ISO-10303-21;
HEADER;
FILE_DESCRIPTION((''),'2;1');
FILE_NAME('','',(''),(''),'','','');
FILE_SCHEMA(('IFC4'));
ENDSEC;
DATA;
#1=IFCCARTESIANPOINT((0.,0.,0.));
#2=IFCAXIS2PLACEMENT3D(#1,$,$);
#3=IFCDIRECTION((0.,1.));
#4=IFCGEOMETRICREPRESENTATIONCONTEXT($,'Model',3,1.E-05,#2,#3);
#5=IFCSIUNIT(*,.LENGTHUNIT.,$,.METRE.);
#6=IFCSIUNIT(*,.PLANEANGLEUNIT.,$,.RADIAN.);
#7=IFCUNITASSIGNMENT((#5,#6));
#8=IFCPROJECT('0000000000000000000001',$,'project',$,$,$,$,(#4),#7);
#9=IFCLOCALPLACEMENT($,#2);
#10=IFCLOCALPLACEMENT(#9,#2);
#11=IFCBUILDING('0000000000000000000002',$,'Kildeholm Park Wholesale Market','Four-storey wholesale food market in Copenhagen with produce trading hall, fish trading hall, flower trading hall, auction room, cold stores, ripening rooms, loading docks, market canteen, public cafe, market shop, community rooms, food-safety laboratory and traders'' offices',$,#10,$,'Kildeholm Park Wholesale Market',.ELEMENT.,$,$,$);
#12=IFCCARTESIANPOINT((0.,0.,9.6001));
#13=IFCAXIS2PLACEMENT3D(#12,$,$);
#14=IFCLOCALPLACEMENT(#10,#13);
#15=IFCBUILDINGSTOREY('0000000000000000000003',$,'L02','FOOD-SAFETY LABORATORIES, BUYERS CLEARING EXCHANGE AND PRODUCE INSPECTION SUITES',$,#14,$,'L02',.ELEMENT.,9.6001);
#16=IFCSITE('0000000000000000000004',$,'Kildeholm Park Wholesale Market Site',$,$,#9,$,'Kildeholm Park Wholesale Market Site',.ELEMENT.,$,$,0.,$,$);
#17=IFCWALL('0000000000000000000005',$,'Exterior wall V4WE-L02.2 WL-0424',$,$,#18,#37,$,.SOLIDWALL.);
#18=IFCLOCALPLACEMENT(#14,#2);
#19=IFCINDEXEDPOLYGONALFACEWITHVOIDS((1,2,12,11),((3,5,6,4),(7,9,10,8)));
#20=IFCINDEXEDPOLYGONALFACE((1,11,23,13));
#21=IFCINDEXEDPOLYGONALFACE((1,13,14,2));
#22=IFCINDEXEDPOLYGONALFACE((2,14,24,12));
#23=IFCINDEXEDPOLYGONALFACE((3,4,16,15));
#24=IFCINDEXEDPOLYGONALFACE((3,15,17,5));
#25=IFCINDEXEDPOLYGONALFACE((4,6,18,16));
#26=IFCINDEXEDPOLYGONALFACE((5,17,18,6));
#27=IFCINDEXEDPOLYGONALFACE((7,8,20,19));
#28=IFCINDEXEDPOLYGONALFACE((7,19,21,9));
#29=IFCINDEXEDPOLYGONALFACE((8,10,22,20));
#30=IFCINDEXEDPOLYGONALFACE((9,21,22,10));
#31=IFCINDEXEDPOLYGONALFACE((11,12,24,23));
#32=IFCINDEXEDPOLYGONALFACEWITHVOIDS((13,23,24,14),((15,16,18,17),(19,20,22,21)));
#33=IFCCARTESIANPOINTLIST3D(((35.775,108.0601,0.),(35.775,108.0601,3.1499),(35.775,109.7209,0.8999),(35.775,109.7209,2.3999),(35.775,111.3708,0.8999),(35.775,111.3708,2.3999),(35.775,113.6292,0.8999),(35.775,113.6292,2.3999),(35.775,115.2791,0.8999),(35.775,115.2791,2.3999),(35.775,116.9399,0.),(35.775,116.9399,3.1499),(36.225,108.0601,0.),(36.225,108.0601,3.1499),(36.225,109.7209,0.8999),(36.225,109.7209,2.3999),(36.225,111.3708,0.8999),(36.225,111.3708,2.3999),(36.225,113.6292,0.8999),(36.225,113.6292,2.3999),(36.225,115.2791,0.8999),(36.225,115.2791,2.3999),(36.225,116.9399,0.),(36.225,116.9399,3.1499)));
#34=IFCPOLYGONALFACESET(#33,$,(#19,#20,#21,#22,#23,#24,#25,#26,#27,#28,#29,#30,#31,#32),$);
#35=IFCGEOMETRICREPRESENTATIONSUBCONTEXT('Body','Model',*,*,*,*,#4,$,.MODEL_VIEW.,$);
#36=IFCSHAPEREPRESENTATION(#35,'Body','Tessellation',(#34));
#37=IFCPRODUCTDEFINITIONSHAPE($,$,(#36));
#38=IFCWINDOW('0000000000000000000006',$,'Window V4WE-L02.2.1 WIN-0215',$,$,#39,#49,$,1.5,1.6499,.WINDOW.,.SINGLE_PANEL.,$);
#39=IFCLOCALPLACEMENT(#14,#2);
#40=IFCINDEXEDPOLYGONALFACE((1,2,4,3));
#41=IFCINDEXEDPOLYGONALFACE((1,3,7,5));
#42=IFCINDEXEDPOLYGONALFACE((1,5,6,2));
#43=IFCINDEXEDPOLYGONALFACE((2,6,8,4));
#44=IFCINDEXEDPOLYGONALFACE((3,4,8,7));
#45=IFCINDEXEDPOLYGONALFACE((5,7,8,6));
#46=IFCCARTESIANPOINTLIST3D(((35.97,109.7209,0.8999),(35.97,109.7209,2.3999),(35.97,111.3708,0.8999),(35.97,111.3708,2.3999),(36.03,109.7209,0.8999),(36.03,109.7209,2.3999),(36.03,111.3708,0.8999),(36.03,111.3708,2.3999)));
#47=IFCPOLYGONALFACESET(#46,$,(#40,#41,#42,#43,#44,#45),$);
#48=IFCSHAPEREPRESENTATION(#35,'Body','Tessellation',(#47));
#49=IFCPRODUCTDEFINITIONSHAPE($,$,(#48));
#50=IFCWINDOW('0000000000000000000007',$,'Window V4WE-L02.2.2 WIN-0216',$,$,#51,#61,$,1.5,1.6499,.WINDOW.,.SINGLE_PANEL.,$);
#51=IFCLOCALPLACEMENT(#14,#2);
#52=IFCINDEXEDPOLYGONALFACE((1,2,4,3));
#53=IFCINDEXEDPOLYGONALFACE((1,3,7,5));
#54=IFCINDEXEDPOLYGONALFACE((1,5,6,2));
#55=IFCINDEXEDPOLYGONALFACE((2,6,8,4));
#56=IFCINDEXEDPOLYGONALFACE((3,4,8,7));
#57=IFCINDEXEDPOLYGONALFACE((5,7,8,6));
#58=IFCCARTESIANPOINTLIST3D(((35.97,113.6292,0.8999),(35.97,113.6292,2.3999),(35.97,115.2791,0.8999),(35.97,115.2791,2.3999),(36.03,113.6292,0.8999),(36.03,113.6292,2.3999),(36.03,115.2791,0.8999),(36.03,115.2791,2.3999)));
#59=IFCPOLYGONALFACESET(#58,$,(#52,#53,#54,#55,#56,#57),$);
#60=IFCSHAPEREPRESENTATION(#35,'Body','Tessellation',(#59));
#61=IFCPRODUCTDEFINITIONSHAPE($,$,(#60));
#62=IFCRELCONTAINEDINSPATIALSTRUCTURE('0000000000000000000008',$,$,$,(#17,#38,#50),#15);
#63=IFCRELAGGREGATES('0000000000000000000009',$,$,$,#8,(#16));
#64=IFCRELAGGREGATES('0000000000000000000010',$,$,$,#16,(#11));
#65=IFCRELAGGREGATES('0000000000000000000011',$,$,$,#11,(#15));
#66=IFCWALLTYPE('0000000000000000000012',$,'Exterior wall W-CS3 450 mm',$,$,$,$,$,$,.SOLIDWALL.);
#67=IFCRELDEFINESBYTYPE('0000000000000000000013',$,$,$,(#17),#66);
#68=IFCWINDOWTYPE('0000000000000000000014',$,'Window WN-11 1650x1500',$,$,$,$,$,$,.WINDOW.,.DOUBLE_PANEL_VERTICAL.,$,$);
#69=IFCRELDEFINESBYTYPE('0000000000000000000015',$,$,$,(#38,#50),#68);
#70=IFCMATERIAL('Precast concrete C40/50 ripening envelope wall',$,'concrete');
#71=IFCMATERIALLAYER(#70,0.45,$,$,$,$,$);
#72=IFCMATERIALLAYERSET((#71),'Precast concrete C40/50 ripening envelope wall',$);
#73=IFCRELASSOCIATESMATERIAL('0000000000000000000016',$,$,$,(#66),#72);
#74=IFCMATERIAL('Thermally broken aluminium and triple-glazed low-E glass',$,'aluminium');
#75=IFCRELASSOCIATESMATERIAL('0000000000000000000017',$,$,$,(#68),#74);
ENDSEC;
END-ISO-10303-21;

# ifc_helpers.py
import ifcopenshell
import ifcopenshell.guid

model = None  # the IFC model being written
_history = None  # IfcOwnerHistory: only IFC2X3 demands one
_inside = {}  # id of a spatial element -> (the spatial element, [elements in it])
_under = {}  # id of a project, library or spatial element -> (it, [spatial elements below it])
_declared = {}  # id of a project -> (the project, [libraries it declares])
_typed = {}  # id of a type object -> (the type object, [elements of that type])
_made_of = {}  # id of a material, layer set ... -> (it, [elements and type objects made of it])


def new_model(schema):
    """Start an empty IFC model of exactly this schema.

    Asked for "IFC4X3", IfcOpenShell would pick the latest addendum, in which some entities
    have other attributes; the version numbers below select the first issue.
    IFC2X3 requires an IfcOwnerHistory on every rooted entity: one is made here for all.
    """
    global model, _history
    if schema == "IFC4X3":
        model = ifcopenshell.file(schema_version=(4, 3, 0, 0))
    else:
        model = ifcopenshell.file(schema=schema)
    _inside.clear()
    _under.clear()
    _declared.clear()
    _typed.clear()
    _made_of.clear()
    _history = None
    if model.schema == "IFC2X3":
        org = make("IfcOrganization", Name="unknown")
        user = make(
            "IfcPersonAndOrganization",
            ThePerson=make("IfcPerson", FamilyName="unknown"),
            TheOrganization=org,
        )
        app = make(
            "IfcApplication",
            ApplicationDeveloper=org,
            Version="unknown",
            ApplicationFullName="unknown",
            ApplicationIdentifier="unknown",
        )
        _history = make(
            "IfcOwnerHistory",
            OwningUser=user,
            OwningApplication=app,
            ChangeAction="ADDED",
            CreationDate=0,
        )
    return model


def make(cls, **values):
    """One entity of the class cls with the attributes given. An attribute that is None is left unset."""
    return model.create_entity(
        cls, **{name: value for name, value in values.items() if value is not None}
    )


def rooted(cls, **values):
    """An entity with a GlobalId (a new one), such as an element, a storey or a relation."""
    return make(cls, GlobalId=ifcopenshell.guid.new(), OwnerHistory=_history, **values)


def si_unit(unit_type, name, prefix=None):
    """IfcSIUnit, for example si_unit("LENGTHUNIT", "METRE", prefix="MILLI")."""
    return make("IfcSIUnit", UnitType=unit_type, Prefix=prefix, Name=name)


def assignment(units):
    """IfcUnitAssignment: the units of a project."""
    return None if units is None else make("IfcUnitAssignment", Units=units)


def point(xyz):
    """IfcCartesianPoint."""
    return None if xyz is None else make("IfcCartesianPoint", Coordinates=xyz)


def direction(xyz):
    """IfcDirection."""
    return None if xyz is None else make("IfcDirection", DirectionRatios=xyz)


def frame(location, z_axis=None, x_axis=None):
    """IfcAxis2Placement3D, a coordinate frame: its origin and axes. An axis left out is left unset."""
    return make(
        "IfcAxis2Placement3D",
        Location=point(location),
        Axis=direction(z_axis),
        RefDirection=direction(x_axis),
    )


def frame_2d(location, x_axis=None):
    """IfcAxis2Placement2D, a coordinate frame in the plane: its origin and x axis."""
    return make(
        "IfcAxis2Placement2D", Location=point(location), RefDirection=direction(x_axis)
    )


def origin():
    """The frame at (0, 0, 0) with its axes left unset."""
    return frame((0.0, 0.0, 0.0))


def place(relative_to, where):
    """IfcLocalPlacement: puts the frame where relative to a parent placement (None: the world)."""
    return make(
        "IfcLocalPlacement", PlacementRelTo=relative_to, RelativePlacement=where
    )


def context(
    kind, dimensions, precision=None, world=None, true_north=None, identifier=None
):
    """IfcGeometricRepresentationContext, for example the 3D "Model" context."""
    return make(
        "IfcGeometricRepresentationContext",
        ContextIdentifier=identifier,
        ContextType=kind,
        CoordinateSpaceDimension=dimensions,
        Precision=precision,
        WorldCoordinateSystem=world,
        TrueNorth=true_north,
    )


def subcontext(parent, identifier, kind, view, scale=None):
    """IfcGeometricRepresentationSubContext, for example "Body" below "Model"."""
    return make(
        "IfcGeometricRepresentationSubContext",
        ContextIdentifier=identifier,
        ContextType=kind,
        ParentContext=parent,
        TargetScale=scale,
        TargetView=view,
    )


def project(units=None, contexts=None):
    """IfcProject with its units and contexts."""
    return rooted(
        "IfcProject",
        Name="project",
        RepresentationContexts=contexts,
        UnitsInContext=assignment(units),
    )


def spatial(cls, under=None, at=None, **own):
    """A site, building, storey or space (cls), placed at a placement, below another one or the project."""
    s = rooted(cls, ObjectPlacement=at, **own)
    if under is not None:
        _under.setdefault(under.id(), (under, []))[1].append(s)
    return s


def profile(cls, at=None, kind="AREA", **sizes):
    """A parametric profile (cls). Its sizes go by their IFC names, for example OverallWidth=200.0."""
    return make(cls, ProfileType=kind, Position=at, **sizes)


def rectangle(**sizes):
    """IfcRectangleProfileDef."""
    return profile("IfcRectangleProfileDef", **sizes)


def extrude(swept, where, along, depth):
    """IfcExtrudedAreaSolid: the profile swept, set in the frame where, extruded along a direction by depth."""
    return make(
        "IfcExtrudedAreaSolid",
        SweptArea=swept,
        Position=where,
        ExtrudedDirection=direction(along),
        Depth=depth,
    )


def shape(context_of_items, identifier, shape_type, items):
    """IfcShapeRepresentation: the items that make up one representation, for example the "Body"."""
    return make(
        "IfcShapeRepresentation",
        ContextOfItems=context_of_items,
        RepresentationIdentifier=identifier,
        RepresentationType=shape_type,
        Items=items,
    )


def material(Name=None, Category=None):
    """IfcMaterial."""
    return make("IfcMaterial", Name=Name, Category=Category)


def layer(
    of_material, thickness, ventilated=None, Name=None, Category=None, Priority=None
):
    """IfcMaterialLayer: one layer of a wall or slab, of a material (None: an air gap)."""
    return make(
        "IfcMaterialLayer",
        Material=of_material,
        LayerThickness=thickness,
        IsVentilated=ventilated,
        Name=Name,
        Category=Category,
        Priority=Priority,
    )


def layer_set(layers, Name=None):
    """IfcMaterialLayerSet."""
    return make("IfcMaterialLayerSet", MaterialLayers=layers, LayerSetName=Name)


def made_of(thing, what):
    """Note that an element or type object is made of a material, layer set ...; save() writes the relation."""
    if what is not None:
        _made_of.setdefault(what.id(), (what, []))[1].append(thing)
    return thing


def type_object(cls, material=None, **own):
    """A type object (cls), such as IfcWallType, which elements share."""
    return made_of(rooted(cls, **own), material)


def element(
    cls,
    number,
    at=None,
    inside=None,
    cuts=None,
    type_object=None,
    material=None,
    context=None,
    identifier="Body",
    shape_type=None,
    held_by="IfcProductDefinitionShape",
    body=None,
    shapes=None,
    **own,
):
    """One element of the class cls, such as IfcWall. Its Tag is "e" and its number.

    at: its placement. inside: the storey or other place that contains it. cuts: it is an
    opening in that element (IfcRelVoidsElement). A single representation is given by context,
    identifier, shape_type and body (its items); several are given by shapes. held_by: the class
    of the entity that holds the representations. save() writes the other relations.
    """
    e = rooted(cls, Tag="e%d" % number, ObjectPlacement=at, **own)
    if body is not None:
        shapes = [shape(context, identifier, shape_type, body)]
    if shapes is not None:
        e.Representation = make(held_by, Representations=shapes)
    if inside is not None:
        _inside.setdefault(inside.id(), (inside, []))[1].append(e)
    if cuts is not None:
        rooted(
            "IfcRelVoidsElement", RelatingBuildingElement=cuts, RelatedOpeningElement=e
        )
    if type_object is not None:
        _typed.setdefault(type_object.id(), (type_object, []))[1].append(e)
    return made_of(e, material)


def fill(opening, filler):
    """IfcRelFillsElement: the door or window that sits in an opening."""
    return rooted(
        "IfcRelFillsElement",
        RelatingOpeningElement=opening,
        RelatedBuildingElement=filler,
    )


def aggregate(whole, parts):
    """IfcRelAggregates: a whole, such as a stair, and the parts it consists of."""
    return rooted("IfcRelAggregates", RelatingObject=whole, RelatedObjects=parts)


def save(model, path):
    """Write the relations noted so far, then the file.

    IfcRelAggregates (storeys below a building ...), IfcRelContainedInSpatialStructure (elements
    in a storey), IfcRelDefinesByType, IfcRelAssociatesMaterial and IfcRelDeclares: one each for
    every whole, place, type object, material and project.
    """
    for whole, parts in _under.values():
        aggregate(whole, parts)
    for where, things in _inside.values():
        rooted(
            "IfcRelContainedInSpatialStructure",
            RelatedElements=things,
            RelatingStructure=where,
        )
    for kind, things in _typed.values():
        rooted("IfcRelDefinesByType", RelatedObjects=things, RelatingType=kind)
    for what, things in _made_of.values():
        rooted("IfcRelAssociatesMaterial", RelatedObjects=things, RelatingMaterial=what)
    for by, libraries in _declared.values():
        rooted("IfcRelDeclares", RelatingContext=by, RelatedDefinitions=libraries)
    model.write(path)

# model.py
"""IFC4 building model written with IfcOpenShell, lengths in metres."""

from ifc_helpers import new_model, si_unit, direction, frame, frame_2d, origin, place, context, subcontext, project, spatial, rectangle, extrude, material, layer, layer_set, type_object, element, fill, save


model = new_model("IFC4")

# Units and contexts
model_context = context("Model", 3, precision=1e-05, world=origin(), true_north=direction((0.0, 1.0)))
body_context = subcontext(model_context, "Body", "Model", "MODEL_VIEW")
ifc_project = project(units=[si_unit("LENGTHUNIT", "METRE"), si_unit("PLANEANGLEUNIT", "RADIAN")], contexts=[model_context])

# Site, building, storey
site_placement = place(None, origin())
site = spatial("IfcSite", under=ifc_project, at=site_placement, Name="Kildeholm Park Wholesale Market Site", LongName="Kildeholm Park Wholesale Market Site", CompositionType="ELEMENT", RefElevation=0.0)
building_placement = place(site_placement, origin())
building = spatial("IfcBuilding", under=site, at=building_placement, Name="Kildeholm Park Wholesale Market", Description="Four-storey wholesale food market in Copenhagen with produce trading hall, fish trading hall, flower trading hall, auction room, cold stores, ripening rooms, loading docks, market canteen, public cafe, market shop, community rooms, food-safety laboratory and traders' offices", LongName="Kildeholm Park Wholesale Market", CompositionType="ELEMENT")
storey_placement = place(building_placement, frame((0.0, 0.0, 9.6001)))
storey = spatial("IfcBuildingStorey", under=building, at=storey_placement, Name="L02", Description="FOOD-SAFETY LABORATORIES, BUYERS CLEARING EXCHANGE AND PRODUCE INSPECTION SUITES", LongName="L02", CompositionType="ELEMENT", Elevation=9.6001)

# Wall, openings, windows
ifc_material_1 = material(Name="Precast concrete C40/50 ripening envelope wall", Category="concrete")
ifc_layer_1 = layer(ifc_material_1, 0.45)
ifc_layer_set_1 = layer_set([ifc_layer_1], Name="Precast concrete C40/50 ripening envelope wall")
wall_type = type_object("IfcWallType", Name="Exterior wall W-CS3 450 mm", PredefinedType="SOLIDWALL", material=ifc_layer_set_1)
wall_placement = place(storey_placement, frame((36.0, 108.0601, 0.0), z_axis=(0.0, 0.0, 1.0), x_axis=(0.0, 1.0, 0.0)))
wall = element("IfcWall", 1, at=wall_placement, inside=storey, type_object=wall_type, Name="Exterior wall V4WE-L02.2 WL-0424", PredefinedType="SOLIDWALL", context=body_context, shape_type="SweptSolid", body=[
    extrude(rectangle(XDim=8.8799, YDim=0.45, at=frame_2d((4.4399, 0.0))), origin(), (0.0, 0.0, 1.0), 3.1499),
])
opening_1_placement = place(wall_placement, frame((1.6609, 0.0, 0.8999)))
opening_1 = element("IfcOpeningElement", 2, at=opening_1_placement, cuts=wall, PredefinedType="OPENING", context=body_context, shape_type="SweptSolid", body=[
    extrude(rectangle(XDim=1.6499, YDim=1.5, at=frame_2d((0.825, 0.75))), frame((0.0, 0.2349, 0.0), z_axis=(0.0, -1.0, 0.0), x_axis=(1.0, 0.0, 0.0)), (0.0, 0.0, 1.0), 0.47),
])
opening_2_placement = place(wall_placement, frame((5.5691, 0.0, 0.8999)))
opening_2 = element("IfcOpeningElement", 3, at=opening_2_placement, cuts=wall, PredefinedType="OPENING", context=body_context, shape_type="SweptSolid", body=[
    extrude(rectangle(XDim=1.6499, YDim=1.5, at=frame_2d((0.825, 0.75))), frame((0.0, 0.2349, 0.0), z_axis=(0.0, -1.0, 0.0), x_axis=(1.0, 0.0, 0.0)), (0.0, 0.0, 1.0), 0.47),
])
ifc_material_2 = material(Name="Thermally broken aluminium and triple-glazed low-E glass", Category="aluminium")
window_type = type_object("IfcWindowType", Name="Window WN-11 1650x1500", PartitioningType="DOUBLE_PANEL_VERTICAL", PredefinedType="WINDOW", material=ifc_material_2)
window_1_placement = place(opening_1_placement, origin())
window_1 = element("IfcWindow", 4, at=window_1_placement, inside=storey, type_object=window_type, Name="Window V4WE-L02.2.1 WIN-0215", OverallHeight=1.5, OverallWidth=1.6499, PartitioningType="SINGLE_PANEL", PredefinedType="WINDOW", context=body_context, shape_type="SweptSolid", body=[
    extrude(rectangle(XDim=1.6499, YDim=1.5, at=frame_2d((0.825, 0.75))), frame((0.0, 0.03, 0.0), z_axis=(0.0, -1.0, 0.0), x_axis=(1.0, 0.0, 0.0)), (0.0, 0.0, 1.0), 0.0601),
])
fill(opening_1, window_1)
window_2_placement = place(opening_2_placement, origin())
window_2 = element("IfcWindow", 5, at=window_2_placement, inside=storey, type_object=window_type, Name="Window V4WE-L02.2.2 WIN-0216", OverallHeight=1.5, OverallWidth=1.6499, PartitioningType="SINGLE_PANEL", PredefinedType="WINDOW", context=body_context, shape_type="SweptSolid", body=[
    extrude(rectangle(XDim=1.6499, YDim=1.5, at=frame_2d((0.825, 0.75))), frame((0.0, 0.03, 0.0), z_axis=(0.0, -1.0, 0.0), x_axis=(1.0, 0.0, 0.0)), (0.0, 0.0, 1.0), 0.0601),
])
fill(opening_2, window_2)

save(model, "model.ifc")
